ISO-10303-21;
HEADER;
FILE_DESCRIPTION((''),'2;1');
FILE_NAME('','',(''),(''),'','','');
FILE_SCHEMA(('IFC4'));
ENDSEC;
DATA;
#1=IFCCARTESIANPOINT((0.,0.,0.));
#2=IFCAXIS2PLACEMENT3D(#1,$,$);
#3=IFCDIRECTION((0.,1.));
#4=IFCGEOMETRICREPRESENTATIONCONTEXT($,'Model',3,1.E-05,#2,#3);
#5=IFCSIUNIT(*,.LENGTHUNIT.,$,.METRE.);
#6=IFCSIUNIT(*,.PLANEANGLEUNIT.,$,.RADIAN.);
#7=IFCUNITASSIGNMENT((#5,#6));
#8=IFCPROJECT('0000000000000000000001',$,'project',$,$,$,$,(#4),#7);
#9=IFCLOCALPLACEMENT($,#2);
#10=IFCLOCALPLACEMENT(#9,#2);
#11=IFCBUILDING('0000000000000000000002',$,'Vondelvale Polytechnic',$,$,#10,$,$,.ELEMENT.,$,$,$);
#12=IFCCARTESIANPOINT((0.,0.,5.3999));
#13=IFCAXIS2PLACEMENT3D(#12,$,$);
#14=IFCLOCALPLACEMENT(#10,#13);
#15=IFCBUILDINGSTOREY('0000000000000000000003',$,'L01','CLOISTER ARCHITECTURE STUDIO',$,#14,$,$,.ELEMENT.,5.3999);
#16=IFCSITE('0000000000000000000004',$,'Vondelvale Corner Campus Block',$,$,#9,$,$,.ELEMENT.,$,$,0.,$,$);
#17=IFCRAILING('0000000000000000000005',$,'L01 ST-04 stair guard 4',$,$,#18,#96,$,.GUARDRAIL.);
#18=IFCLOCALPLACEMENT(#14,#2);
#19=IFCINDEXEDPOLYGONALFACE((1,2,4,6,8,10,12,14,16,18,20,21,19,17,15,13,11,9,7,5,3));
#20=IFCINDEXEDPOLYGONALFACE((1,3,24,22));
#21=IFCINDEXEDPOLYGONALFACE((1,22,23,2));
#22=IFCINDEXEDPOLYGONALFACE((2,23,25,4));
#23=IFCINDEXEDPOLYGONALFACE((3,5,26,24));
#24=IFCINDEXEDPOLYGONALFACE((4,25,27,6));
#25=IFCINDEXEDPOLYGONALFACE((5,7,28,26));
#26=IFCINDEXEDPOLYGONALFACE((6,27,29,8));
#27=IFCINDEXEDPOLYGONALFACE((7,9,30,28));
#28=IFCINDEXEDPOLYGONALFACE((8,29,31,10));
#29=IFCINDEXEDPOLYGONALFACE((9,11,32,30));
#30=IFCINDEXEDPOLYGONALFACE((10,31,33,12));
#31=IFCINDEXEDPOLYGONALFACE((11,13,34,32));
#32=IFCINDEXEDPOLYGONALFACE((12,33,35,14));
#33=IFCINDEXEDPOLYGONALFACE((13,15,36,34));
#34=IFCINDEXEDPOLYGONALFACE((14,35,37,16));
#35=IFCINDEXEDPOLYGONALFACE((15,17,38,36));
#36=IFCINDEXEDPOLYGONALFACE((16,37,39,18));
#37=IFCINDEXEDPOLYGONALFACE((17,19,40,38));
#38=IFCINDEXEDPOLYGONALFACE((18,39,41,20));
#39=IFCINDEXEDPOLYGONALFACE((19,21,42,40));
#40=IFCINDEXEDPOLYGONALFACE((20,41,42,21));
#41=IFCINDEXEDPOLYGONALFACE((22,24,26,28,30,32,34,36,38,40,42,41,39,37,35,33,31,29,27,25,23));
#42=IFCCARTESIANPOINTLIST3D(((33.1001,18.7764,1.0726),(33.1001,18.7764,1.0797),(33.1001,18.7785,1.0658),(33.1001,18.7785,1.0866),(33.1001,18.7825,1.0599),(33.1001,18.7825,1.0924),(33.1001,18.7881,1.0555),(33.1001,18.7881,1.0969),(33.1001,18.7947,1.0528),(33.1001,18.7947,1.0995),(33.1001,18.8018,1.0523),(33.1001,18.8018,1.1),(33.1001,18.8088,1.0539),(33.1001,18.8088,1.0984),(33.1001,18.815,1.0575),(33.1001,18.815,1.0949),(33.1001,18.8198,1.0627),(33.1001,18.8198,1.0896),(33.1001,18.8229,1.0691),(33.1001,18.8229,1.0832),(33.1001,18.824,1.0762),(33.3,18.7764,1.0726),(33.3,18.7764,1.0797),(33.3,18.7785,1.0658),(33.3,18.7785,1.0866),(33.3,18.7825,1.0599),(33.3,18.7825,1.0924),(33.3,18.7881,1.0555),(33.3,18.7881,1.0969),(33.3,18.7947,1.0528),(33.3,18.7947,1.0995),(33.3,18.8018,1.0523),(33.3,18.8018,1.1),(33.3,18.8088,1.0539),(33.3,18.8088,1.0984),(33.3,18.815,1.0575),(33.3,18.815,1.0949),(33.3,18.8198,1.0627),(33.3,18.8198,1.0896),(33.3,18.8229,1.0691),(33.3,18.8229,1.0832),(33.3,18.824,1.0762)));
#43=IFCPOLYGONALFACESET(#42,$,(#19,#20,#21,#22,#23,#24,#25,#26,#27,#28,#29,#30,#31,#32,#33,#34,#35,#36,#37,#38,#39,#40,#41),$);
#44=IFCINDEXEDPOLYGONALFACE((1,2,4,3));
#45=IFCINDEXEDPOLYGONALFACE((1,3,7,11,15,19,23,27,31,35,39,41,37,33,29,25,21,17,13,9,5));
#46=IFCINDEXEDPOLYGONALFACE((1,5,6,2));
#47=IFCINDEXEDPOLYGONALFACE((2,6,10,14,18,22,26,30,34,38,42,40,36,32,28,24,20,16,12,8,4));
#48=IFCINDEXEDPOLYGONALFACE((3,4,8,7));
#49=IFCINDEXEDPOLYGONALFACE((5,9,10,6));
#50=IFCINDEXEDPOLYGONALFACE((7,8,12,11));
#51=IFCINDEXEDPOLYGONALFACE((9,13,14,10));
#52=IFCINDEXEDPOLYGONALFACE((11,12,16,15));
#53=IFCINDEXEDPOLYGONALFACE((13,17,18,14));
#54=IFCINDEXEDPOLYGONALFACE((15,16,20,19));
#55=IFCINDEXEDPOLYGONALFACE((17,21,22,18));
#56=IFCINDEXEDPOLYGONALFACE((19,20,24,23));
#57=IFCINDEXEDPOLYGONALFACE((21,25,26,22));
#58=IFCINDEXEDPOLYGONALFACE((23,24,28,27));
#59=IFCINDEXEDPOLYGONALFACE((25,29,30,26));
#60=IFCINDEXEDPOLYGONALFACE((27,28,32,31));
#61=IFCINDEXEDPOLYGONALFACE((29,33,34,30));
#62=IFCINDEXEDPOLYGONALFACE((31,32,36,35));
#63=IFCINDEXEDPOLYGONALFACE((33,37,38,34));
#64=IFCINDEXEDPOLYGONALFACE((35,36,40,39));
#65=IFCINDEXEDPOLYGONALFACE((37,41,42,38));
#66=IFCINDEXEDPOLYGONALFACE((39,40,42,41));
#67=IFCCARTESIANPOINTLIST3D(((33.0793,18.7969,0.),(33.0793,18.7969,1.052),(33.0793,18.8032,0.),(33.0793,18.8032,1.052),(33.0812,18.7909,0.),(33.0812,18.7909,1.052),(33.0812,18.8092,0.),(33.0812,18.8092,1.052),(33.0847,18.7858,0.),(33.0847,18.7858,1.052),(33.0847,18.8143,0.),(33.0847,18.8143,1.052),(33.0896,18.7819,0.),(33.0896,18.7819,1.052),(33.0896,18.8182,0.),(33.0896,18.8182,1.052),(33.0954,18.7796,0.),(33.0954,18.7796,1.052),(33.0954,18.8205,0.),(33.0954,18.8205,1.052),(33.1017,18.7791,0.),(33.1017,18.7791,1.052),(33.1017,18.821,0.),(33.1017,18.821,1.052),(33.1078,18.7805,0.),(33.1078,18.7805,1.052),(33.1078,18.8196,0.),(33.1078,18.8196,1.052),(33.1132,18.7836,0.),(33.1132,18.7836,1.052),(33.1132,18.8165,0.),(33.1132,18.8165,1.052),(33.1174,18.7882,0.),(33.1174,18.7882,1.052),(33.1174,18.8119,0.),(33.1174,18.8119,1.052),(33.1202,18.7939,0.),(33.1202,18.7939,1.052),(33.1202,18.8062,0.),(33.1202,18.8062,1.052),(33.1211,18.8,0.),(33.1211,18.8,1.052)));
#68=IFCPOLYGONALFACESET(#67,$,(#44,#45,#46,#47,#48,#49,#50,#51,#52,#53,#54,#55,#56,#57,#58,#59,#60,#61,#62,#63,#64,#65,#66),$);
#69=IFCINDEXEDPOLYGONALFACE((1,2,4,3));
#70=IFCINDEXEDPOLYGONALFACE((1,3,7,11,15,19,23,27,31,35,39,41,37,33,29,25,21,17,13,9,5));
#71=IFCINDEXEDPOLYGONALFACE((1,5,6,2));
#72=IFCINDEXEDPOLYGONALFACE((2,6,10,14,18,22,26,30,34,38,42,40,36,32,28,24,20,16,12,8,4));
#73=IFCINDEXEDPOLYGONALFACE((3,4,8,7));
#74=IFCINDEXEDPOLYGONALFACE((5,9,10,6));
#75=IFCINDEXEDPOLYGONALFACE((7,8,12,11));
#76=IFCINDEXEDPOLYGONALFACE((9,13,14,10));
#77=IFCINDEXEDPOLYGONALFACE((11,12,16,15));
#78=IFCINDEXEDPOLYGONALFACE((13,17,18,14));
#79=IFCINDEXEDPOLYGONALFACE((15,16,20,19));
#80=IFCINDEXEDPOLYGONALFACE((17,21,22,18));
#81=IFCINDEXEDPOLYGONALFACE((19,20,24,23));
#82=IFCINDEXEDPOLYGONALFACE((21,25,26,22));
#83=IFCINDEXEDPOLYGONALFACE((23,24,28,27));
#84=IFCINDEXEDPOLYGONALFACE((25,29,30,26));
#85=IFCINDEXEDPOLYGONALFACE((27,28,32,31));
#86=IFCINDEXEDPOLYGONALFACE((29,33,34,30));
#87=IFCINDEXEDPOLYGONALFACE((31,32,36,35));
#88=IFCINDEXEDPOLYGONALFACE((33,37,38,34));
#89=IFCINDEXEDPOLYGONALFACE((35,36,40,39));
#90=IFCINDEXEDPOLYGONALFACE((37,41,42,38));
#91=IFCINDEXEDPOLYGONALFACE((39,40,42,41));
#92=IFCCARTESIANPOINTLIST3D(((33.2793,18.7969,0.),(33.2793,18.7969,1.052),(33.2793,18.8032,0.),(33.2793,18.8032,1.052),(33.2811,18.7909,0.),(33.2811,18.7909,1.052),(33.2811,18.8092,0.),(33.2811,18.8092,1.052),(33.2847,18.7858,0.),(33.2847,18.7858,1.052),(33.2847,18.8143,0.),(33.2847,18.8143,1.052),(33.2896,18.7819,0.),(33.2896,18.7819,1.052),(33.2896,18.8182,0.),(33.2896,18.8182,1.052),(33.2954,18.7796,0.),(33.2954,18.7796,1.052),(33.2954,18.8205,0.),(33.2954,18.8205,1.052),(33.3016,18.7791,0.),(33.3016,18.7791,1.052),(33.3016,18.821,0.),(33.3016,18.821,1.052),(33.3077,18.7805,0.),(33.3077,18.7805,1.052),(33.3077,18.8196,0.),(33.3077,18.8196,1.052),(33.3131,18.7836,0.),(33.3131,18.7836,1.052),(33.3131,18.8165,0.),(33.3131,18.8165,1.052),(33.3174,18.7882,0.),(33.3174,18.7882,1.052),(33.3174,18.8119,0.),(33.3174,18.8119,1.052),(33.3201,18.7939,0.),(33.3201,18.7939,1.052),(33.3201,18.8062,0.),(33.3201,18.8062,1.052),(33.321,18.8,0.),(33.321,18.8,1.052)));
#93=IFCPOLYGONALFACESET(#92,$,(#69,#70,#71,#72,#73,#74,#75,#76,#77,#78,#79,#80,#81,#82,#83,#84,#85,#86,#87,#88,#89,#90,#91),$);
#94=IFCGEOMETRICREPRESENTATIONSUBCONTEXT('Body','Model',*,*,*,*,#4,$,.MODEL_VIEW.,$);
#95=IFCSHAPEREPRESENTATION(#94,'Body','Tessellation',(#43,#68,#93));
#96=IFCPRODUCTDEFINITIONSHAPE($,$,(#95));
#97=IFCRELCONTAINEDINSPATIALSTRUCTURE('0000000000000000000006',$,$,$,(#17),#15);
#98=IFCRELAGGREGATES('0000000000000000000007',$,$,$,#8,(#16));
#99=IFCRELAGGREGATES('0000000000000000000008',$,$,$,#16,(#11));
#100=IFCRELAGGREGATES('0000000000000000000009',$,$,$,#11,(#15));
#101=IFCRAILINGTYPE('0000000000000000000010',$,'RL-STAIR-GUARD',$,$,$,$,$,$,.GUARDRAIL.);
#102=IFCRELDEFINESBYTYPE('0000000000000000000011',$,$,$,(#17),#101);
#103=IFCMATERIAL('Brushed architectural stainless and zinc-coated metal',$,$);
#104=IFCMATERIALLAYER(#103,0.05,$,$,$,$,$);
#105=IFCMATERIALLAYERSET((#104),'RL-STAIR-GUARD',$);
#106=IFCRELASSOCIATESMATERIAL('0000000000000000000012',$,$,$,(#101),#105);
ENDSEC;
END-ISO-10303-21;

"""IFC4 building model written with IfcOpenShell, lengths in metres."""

from ifc_helpers import new_model, si_unit, direction, frame, origin, origin_2d, place, context, subcontext, project, spatial, circle, extrude, material, layer, layer_set, type_object, element, save


model = new_model("IFC4")

# Units and contexts
model_context = context("Model", 3, precision=1e-05, world=origin(), true_north=direction((0.0, 1.0)))
body_context = subcontext(model_context, "Body", "Model", "MODEL_VIEW")
ifc_project = project(units=[si_unit("LENGTHUNIT", "METRE"), si_unit("PLANEANGLEUNIT", "RADIAN")], contexts=[model_context])

# Site, building, storey
site_placement = place(None, origin())
site = spatial("IfcSite", under=ifc_project, at=site_placement, Name="Vondelvale Corner Campus Block", CompositionType="ELEMENT", RefElevation=0.0)
building_placement = place(site_placement, origin())
building = spatial("IfcBuilding", under=site, at=building_placement, Name="Vondelvale Polytechnic", CompositionType="ELEMENT")
storey_placement = place(building_placement, frame((0.0, 0.0, 5.3999)))
storey = spatial("IfcBuildingStorey", under=building, at=storey_placement, Name="L01", Description="CLOISTER ARCHITECTURE STUDIO", CompositionType="ELEMENT", Elevation=5.3999)

# Railing
ifc_material_1 = material(Name="Brushed architectural stainless and zinc-coated metal")
ifc_layer_1 = layer(ifc_material_1, 0.05)
ifc_layer_set_1 = layer_set([ifc_layer_1], Name="RL-STAIR-GUARD")
railing_type_1 = type_object("IfcRailingType", Name="RL-STAIR-GUARD", PredefinedType="GUARDRAIL", material=ifc_layer_set_1)
railing_1_placement = place(storey_placement, frame((33.1001, 18.8, 0.0)))
element("IfcRailing", 1, at=railing_1_placement, inside=storey, type_object=railing_type_1, Name="L01 ST-04 stair guard 4", PredefinedType="GUARDRAIL", context=body_context, shape_type="SweptSolid", body=[
    extrude(circle(Radius=0.0239, at=origin_2d()), frame((0.0, 0.0, 1.0762), z_axis=(1.0, 0.0, 0.0), x_axis=(0.0, 1.0, 0.0)), (0.0, 0.0, 1.0), 0.2),
    extrude(circle(Radius=0.021, at=origin_2d()), origin(), (0.0, 0.0, 1.0), 1.052),
    extrude(circle(Radius=0.021, at=origin_2d()), frame((0.2, 0.0, 0.0)), (0.0, 0.0, 1.0), 1.052),
])

save(model, "model.ifc")
